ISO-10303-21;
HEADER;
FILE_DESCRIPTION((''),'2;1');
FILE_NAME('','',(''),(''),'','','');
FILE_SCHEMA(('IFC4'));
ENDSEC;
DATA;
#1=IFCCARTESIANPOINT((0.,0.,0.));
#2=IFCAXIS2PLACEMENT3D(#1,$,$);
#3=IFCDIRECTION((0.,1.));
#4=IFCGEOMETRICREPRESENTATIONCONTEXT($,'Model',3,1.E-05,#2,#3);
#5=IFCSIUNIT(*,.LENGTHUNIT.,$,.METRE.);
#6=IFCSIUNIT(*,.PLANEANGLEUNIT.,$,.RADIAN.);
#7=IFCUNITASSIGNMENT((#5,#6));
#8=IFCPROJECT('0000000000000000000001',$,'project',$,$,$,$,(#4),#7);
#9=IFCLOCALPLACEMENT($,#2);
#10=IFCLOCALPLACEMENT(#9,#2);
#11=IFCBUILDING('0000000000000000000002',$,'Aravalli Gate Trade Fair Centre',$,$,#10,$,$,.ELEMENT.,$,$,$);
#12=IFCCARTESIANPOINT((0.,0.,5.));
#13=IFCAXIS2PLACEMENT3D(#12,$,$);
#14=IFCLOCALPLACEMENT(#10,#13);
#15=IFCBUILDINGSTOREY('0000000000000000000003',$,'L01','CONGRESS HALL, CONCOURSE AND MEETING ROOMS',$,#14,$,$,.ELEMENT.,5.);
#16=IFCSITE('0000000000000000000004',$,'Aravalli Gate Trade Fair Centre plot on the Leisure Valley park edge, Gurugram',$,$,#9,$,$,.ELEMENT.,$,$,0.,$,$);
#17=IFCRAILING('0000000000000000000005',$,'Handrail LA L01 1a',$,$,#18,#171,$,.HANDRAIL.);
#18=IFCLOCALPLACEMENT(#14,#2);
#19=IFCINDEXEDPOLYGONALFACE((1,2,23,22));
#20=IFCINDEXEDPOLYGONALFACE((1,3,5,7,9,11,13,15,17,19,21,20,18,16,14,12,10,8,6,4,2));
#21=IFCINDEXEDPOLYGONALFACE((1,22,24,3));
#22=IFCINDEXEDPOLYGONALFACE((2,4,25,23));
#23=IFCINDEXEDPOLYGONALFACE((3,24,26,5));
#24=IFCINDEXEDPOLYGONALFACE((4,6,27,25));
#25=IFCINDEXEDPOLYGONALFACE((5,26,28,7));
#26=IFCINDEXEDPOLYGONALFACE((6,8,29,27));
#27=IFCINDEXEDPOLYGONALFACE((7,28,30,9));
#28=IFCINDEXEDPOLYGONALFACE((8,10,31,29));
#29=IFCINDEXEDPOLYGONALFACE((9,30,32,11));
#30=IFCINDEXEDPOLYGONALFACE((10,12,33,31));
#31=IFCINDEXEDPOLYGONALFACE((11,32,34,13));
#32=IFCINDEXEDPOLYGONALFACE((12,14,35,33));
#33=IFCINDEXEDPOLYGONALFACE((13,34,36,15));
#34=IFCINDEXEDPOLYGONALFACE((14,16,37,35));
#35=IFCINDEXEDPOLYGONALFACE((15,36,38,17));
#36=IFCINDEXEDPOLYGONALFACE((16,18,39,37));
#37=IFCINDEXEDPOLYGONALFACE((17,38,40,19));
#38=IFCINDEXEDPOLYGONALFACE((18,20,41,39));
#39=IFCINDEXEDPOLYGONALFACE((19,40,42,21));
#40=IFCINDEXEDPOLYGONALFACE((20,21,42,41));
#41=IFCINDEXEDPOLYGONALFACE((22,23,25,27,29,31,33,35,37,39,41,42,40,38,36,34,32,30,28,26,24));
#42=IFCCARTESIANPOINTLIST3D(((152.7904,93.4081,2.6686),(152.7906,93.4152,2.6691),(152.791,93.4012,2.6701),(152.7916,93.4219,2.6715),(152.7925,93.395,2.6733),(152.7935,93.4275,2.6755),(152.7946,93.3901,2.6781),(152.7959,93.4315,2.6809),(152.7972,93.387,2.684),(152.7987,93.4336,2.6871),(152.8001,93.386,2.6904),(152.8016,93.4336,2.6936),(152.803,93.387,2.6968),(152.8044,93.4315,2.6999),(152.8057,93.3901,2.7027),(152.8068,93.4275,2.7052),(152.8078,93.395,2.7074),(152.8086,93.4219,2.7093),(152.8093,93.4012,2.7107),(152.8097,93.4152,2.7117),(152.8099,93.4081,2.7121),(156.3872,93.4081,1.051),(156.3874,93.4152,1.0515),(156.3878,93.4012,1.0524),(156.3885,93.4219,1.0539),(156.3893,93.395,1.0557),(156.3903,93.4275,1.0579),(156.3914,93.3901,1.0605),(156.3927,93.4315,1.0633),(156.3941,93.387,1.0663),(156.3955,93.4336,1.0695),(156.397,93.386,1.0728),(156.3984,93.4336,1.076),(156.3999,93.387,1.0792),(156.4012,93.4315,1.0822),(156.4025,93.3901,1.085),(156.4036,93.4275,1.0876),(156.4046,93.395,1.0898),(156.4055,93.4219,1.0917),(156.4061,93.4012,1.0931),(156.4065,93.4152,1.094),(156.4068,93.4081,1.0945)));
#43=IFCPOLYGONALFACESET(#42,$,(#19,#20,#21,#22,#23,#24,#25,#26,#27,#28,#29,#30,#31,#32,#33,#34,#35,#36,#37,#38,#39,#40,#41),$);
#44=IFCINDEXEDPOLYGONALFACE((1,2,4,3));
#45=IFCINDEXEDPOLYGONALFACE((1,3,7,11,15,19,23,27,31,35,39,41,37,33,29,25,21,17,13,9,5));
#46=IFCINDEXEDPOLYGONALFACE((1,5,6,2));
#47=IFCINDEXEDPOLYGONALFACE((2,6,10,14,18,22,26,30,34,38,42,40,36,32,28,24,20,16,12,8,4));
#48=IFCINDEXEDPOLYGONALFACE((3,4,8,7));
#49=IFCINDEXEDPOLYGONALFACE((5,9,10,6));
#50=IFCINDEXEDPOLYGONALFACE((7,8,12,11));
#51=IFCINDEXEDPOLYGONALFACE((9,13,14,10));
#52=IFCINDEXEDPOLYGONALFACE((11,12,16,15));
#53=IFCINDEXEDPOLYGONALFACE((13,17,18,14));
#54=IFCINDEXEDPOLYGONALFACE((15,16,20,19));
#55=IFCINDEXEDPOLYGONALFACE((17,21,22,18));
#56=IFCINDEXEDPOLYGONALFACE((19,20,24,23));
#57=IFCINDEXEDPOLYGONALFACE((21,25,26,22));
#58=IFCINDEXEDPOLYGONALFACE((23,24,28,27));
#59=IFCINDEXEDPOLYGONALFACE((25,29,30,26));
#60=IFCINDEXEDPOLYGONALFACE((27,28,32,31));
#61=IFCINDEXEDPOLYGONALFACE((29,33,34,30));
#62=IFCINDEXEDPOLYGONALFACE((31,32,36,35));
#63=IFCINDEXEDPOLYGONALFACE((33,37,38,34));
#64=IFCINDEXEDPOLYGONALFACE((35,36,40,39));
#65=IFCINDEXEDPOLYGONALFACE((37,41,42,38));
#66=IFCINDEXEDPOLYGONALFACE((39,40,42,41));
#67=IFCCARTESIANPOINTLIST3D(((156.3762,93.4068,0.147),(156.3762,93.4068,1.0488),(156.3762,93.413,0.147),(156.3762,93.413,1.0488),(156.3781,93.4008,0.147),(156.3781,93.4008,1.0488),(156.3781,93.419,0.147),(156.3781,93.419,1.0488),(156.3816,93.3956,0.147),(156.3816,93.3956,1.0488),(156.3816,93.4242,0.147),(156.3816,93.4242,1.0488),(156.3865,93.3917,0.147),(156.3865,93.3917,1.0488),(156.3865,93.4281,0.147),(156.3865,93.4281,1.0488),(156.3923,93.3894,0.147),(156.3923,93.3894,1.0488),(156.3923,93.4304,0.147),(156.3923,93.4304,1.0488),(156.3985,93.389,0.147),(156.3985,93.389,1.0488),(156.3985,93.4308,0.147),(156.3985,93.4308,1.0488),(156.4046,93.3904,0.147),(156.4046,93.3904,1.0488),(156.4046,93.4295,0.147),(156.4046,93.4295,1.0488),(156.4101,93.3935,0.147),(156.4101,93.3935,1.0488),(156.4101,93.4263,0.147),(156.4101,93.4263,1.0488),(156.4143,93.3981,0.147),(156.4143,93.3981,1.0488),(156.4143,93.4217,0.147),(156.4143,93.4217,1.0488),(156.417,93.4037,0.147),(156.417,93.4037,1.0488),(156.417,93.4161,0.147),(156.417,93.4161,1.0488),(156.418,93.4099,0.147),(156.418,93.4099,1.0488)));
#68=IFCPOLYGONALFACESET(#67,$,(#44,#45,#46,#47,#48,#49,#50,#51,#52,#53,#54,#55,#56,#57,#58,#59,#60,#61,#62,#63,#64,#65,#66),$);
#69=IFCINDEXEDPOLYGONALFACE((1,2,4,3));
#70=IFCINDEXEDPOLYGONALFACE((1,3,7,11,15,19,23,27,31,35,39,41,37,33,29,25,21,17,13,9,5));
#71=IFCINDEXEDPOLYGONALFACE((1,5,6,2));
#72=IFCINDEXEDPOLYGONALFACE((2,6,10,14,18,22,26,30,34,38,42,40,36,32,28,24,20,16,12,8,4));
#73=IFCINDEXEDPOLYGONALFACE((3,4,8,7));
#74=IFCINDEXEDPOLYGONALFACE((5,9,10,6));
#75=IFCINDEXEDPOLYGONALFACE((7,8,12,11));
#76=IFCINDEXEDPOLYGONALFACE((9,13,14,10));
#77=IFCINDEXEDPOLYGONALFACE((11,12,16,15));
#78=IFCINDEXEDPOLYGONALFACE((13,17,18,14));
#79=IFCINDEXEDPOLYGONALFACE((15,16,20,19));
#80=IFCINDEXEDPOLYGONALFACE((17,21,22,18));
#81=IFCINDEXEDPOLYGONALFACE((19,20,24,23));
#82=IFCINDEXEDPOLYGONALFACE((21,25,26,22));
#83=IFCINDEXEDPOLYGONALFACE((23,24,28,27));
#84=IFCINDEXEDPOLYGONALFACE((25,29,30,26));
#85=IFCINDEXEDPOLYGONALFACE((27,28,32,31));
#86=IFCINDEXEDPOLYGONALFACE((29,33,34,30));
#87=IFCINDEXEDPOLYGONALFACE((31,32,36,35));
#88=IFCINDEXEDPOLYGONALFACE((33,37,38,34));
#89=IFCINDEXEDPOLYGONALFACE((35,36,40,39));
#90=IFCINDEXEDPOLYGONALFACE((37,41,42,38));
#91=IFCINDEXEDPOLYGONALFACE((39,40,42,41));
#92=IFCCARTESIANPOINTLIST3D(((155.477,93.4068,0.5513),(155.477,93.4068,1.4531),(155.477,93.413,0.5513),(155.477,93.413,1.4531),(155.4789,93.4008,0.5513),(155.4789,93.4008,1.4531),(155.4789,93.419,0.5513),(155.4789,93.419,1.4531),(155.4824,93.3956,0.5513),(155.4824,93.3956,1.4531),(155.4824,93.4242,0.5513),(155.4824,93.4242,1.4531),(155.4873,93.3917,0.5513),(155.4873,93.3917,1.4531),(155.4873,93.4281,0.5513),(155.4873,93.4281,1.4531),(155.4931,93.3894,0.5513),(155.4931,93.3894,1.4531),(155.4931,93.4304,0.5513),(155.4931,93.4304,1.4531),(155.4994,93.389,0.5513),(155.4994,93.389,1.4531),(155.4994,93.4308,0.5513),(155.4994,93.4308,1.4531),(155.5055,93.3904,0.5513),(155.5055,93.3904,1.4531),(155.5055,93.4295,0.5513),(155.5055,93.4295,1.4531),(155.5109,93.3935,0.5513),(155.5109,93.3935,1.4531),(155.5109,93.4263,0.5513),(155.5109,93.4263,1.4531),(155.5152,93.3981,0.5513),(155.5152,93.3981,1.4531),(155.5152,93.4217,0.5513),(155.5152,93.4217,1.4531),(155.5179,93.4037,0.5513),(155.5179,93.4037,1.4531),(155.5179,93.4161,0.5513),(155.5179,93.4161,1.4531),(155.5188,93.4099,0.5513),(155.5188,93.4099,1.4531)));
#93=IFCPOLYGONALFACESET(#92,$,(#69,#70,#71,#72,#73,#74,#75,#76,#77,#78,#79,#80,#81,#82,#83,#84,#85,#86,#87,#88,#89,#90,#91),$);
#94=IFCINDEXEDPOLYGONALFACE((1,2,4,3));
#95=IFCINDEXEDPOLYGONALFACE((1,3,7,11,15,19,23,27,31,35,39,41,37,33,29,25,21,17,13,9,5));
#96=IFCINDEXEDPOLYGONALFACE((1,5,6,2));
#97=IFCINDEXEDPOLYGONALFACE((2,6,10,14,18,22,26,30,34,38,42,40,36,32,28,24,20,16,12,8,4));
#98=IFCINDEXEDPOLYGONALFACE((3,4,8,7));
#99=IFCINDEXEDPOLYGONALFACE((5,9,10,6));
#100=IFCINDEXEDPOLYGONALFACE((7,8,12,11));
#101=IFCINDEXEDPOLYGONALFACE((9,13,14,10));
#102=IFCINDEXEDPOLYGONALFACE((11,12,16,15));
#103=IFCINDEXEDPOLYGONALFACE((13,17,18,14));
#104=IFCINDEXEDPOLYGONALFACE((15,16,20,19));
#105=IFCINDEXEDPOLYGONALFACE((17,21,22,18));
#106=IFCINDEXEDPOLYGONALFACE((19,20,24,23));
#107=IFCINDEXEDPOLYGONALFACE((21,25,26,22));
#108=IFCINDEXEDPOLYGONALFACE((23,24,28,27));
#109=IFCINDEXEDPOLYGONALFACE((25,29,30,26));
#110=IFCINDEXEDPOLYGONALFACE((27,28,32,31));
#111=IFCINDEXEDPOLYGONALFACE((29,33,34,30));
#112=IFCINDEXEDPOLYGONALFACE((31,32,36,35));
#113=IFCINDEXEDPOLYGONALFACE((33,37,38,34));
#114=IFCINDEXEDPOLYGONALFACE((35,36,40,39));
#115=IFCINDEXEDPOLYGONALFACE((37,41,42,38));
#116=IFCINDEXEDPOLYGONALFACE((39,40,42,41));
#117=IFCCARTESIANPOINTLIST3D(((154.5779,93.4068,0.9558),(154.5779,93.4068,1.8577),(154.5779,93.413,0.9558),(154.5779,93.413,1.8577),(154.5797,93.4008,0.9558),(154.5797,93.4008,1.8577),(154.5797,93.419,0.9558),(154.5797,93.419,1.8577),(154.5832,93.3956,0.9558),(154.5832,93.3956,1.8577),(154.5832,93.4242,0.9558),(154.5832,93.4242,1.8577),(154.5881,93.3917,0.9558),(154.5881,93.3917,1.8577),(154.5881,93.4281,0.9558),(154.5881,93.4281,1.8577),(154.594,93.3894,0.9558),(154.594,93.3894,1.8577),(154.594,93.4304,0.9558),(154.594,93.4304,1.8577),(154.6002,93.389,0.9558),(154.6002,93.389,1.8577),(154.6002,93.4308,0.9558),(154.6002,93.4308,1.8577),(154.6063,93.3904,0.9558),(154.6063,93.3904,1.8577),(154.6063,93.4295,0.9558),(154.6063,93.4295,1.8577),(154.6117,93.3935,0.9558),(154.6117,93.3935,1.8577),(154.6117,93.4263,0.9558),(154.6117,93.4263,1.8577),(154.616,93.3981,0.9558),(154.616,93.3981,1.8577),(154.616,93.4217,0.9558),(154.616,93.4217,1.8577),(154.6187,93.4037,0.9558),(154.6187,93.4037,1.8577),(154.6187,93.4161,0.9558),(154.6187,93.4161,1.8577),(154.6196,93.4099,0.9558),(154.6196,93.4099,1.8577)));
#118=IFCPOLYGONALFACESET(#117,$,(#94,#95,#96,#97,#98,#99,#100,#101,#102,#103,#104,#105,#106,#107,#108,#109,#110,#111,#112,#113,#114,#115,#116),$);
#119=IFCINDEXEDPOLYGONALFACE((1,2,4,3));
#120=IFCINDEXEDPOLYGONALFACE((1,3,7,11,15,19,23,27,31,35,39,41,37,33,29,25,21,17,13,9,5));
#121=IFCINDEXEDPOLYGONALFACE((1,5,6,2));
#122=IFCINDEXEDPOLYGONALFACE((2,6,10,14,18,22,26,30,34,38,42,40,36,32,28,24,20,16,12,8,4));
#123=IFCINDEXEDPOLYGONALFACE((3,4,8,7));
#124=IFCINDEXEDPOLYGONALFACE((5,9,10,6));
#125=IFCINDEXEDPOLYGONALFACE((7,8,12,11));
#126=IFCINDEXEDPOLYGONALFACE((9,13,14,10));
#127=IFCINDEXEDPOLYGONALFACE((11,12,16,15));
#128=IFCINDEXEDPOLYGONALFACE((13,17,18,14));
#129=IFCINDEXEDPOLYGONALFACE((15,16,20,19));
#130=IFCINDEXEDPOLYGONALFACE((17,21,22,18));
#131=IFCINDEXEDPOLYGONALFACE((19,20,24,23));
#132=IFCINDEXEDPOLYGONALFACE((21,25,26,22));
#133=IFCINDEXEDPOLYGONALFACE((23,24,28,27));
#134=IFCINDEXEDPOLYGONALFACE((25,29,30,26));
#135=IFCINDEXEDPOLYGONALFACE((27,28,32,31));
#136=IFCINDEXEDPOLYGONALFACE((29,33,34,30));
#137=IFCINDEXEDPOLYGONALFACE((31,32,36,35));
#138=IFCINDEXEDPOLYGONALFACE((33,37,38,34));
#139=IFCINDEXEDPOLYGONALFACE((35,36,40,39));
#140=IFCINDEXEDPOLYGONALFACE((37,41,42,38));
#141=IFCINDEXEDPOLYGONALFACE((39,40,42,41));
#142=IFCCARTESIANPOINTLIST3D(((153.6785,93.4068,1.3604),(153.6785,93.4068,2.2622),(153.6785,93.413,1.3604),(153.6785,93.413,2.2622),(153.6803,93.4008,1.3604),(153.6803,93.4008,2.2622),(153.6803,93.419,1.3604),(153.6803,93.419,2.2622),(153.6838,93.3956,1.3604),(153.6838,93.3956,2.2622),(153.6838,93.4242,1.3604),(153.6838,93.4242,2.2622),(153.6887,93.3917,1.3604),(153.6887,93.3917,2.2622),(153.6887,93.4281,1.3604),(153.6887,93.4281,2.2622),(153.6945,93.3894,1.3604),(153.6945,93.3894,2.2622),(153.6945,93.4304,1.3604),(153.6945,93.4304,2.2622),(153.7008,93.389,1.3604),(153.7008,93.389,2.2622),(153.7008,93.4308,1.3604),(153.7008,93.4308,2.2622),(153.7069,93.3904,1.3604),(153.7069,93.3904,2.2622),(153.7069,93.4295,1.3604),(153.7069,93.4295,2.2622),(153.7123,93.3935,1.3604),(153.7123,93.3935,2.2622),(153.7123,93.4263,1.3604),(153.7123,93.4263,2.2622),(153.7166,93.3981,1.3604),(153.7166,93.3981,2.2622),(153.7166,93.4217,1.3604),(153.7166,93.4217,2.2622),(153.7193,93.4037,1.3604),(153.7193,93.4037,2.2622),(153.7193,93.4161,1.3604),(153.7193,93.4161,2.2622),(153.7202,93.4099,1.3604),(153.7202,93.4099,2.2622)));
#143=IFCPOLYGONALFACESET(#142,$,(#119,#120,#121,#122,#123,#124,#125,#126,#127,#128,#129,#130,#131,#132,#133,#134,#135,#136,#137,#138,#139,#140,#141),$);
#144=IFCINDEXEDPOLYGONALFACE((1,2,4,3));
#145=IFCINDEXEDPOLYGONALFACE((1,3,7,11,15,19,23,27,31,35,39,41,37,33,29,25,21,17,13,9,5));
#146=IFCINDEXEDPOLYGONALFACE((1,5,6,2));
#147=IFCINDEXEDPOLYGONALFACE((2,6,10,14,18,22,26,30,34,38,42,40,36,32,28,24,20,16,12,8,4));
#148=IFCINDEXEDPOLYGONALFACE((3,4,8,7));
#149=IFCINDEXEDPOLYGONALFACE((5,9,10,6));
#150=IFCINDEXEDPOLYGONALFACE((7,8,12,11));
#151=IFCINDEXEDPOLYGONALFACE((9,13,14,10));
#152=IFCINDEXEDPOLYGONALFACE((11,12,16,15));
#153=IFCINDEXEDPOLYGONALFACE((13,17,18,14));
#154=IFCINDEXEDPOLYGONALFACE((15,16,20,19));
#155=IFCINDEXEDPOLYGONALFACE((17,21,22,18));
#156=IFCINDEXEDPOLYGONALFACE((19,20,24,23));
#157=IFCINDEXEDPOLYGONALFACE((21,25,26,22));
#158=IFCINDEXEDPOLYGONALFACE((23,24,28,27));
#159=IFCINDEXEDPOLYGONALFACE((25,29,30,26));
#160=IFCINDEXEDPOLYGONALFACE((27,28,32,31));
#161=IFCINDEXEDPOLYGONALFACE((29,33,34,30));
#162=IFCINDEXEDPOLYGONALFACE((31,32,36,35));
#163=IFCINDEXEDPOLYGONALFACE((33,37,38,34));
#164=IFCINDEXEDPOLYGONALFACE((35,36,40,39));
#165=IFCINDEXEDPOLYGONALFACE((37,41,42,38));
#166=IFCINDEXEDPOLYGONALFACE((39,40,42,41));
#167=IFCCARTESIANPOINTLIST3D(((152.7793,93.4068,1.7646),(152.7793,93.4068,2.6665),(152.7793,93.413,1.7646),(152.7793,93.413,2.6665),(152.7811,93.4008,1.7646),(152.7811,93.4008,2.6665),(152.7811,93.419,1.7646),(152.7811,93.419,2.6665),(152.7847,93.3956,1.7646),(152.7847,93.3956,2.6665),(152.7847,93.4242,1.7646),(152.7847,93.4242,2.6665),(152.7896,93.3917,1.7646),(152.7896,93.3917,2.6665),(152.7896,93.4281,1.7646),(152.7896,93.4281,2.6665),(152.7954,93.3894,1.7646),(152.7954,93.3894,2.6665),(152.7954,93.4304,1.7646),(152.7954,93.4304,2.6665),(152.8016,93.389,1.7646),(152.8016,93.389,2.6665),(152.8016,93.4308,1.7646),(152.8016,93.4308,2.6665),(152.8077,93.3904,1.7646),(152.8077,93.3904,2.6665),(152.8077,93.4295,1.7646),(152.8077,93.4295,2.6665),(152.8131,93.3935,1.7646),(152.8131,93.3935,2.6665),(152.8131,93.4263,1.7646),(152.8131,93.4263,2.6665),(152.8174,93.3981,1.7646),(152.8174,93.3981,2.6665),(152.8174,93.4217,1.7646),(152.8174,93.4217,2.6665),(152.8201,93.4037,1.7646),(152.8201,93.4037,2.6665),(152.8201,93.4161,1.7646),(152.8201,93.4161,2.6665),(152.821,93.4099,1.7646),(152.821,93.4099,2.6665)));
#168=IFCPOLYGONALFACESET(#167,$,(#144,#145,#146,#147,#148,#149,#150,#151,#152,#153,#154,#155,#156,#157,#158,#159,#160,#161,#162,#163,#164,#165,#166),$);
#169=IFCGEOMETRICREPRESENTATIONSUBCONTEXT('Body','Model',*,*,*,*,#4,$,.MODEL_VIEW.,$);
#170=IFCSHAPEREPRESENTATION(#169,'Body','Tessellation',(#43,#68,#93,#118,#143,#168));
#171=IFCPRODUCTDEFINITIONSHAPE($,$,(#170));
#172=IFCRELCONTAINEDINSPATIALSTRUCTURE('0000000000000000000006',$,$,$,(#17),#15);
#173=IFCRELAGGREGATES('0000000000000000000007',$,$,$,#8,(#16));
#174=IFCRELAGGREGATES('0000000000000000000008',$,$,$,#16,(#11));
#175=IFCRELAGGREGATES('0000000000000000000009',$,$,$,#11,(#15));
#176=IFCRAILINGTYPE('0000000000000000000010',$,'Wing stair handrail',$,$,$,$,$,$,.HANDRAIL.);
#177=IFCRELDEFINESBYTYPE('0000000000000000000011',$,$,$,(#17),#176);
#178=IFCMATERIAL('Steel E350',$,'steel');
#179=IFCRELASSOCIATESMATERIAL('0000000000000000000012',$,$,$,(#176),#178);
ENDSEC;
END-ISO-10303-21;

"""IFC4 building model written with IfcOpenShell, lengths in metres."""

from ifc_helpers import new_model, si_unit, direction, frame, origin, origin_2d, place, context, subcontext, project, spatial, circle, extrude, material, type_object, element, save


model = new_model("IFC4")

# Units and contexts
model_context = context("Model", 3, precision=1e-05, world=origin(), true_north=direction((0.0, 1.0)))
body_context = subcontext(model_context, "Body", "Model", "MODEL_VIEW")
ifc_project = project(units=[si_unit("LENGTHUNIT", "METRE"), si_unit("PLANEANGLEUNIT", "RADIAN")], contexts=[model_context])

# Site, building, storey
site_placement = place(None, origin())
site = spatial("IfcSite", under=ifc_project, at=site_placement, Name="Aravalli Gate Trade Fair Centre plot on the Leisure Valley park edge, Gurugram", CompositionType="ELEMENT", RefElevation=0.0)
building_placement = place(site_placement, origin())
building = spatial("IfcBuilding", under=site, at=building_placement, Name="Aravalli Gate Trade Fair Centre", CompositionType="ELEMENT")
storey_placement = place(building_placement, frame((0.0, 0.0, 5.0)))
storey = spatial("IfcBuildingStorey", under=building, at=storey_placement, Name="L01", Description="CONGRESS HALL, CONCOURSE AND MEETING ROOMS", CompositionType="ELEMENT", Elevation=5.0)

# Shared definitions
ifc_material_1 = material(Name="Steel E350", Category="steel")

# Railing
railing_type_1 = type_object("IfcRailingType", Name="Wing stair handrail", PredefinedType="HANDRAIL", material=ifc_material_1)
for number, where, name in (
    (1, (156.397, 93.4099, 0.147), "Handrail LA L01 1a"),
):
    element("IfcRailing", number, at=place(storey_placement, frame(where)), inside=storey, type_object=railing_type_1, Name=name, PredefinedType="HANDRAIL", context=body_context, shape_type="SweptSolid", body=[
        extrude(circle(Radius=0.0239, at=origin_2d()), frame((0.0, 0.0, 0.9258), z_axis=(-0.912011, 0.0, 0.410166), x_axis=(0.0, -1.0, 0.0)), (0.0, 0.0, 1.0), 3.9438),
        extrude(circle(Radius=0.021, at=origin_2d()), origin(), (0.0, 0.0, 1.0), 0.9019),
        extrude(circle(Radius=0.021, at=origin_2d()), frame((-0.8992, 0.0, 0.4043)), (0.0, 0.0, 1.0), 0.9019),
        extrude(circle(Radius=0.021, at=origin_2d()), frame((-1.7983, 0.0, 0.8088)), (0.0, 0.0, 1.0), 0.9019),
        extrude(circle(Radius=0.021, at=origin_2d()), frame((-2.6978, 0.0, 1.2134)), (0.0, 0.0, 1.0), 0.9019),
        extrude(circle(Radius=0.021, at=origin_2d()), frame((-3.5969, 0.0, 1.6177)), (0.0, 0.0, 1.0), 0.9019),
    ])

save(model, "model.ifc")
